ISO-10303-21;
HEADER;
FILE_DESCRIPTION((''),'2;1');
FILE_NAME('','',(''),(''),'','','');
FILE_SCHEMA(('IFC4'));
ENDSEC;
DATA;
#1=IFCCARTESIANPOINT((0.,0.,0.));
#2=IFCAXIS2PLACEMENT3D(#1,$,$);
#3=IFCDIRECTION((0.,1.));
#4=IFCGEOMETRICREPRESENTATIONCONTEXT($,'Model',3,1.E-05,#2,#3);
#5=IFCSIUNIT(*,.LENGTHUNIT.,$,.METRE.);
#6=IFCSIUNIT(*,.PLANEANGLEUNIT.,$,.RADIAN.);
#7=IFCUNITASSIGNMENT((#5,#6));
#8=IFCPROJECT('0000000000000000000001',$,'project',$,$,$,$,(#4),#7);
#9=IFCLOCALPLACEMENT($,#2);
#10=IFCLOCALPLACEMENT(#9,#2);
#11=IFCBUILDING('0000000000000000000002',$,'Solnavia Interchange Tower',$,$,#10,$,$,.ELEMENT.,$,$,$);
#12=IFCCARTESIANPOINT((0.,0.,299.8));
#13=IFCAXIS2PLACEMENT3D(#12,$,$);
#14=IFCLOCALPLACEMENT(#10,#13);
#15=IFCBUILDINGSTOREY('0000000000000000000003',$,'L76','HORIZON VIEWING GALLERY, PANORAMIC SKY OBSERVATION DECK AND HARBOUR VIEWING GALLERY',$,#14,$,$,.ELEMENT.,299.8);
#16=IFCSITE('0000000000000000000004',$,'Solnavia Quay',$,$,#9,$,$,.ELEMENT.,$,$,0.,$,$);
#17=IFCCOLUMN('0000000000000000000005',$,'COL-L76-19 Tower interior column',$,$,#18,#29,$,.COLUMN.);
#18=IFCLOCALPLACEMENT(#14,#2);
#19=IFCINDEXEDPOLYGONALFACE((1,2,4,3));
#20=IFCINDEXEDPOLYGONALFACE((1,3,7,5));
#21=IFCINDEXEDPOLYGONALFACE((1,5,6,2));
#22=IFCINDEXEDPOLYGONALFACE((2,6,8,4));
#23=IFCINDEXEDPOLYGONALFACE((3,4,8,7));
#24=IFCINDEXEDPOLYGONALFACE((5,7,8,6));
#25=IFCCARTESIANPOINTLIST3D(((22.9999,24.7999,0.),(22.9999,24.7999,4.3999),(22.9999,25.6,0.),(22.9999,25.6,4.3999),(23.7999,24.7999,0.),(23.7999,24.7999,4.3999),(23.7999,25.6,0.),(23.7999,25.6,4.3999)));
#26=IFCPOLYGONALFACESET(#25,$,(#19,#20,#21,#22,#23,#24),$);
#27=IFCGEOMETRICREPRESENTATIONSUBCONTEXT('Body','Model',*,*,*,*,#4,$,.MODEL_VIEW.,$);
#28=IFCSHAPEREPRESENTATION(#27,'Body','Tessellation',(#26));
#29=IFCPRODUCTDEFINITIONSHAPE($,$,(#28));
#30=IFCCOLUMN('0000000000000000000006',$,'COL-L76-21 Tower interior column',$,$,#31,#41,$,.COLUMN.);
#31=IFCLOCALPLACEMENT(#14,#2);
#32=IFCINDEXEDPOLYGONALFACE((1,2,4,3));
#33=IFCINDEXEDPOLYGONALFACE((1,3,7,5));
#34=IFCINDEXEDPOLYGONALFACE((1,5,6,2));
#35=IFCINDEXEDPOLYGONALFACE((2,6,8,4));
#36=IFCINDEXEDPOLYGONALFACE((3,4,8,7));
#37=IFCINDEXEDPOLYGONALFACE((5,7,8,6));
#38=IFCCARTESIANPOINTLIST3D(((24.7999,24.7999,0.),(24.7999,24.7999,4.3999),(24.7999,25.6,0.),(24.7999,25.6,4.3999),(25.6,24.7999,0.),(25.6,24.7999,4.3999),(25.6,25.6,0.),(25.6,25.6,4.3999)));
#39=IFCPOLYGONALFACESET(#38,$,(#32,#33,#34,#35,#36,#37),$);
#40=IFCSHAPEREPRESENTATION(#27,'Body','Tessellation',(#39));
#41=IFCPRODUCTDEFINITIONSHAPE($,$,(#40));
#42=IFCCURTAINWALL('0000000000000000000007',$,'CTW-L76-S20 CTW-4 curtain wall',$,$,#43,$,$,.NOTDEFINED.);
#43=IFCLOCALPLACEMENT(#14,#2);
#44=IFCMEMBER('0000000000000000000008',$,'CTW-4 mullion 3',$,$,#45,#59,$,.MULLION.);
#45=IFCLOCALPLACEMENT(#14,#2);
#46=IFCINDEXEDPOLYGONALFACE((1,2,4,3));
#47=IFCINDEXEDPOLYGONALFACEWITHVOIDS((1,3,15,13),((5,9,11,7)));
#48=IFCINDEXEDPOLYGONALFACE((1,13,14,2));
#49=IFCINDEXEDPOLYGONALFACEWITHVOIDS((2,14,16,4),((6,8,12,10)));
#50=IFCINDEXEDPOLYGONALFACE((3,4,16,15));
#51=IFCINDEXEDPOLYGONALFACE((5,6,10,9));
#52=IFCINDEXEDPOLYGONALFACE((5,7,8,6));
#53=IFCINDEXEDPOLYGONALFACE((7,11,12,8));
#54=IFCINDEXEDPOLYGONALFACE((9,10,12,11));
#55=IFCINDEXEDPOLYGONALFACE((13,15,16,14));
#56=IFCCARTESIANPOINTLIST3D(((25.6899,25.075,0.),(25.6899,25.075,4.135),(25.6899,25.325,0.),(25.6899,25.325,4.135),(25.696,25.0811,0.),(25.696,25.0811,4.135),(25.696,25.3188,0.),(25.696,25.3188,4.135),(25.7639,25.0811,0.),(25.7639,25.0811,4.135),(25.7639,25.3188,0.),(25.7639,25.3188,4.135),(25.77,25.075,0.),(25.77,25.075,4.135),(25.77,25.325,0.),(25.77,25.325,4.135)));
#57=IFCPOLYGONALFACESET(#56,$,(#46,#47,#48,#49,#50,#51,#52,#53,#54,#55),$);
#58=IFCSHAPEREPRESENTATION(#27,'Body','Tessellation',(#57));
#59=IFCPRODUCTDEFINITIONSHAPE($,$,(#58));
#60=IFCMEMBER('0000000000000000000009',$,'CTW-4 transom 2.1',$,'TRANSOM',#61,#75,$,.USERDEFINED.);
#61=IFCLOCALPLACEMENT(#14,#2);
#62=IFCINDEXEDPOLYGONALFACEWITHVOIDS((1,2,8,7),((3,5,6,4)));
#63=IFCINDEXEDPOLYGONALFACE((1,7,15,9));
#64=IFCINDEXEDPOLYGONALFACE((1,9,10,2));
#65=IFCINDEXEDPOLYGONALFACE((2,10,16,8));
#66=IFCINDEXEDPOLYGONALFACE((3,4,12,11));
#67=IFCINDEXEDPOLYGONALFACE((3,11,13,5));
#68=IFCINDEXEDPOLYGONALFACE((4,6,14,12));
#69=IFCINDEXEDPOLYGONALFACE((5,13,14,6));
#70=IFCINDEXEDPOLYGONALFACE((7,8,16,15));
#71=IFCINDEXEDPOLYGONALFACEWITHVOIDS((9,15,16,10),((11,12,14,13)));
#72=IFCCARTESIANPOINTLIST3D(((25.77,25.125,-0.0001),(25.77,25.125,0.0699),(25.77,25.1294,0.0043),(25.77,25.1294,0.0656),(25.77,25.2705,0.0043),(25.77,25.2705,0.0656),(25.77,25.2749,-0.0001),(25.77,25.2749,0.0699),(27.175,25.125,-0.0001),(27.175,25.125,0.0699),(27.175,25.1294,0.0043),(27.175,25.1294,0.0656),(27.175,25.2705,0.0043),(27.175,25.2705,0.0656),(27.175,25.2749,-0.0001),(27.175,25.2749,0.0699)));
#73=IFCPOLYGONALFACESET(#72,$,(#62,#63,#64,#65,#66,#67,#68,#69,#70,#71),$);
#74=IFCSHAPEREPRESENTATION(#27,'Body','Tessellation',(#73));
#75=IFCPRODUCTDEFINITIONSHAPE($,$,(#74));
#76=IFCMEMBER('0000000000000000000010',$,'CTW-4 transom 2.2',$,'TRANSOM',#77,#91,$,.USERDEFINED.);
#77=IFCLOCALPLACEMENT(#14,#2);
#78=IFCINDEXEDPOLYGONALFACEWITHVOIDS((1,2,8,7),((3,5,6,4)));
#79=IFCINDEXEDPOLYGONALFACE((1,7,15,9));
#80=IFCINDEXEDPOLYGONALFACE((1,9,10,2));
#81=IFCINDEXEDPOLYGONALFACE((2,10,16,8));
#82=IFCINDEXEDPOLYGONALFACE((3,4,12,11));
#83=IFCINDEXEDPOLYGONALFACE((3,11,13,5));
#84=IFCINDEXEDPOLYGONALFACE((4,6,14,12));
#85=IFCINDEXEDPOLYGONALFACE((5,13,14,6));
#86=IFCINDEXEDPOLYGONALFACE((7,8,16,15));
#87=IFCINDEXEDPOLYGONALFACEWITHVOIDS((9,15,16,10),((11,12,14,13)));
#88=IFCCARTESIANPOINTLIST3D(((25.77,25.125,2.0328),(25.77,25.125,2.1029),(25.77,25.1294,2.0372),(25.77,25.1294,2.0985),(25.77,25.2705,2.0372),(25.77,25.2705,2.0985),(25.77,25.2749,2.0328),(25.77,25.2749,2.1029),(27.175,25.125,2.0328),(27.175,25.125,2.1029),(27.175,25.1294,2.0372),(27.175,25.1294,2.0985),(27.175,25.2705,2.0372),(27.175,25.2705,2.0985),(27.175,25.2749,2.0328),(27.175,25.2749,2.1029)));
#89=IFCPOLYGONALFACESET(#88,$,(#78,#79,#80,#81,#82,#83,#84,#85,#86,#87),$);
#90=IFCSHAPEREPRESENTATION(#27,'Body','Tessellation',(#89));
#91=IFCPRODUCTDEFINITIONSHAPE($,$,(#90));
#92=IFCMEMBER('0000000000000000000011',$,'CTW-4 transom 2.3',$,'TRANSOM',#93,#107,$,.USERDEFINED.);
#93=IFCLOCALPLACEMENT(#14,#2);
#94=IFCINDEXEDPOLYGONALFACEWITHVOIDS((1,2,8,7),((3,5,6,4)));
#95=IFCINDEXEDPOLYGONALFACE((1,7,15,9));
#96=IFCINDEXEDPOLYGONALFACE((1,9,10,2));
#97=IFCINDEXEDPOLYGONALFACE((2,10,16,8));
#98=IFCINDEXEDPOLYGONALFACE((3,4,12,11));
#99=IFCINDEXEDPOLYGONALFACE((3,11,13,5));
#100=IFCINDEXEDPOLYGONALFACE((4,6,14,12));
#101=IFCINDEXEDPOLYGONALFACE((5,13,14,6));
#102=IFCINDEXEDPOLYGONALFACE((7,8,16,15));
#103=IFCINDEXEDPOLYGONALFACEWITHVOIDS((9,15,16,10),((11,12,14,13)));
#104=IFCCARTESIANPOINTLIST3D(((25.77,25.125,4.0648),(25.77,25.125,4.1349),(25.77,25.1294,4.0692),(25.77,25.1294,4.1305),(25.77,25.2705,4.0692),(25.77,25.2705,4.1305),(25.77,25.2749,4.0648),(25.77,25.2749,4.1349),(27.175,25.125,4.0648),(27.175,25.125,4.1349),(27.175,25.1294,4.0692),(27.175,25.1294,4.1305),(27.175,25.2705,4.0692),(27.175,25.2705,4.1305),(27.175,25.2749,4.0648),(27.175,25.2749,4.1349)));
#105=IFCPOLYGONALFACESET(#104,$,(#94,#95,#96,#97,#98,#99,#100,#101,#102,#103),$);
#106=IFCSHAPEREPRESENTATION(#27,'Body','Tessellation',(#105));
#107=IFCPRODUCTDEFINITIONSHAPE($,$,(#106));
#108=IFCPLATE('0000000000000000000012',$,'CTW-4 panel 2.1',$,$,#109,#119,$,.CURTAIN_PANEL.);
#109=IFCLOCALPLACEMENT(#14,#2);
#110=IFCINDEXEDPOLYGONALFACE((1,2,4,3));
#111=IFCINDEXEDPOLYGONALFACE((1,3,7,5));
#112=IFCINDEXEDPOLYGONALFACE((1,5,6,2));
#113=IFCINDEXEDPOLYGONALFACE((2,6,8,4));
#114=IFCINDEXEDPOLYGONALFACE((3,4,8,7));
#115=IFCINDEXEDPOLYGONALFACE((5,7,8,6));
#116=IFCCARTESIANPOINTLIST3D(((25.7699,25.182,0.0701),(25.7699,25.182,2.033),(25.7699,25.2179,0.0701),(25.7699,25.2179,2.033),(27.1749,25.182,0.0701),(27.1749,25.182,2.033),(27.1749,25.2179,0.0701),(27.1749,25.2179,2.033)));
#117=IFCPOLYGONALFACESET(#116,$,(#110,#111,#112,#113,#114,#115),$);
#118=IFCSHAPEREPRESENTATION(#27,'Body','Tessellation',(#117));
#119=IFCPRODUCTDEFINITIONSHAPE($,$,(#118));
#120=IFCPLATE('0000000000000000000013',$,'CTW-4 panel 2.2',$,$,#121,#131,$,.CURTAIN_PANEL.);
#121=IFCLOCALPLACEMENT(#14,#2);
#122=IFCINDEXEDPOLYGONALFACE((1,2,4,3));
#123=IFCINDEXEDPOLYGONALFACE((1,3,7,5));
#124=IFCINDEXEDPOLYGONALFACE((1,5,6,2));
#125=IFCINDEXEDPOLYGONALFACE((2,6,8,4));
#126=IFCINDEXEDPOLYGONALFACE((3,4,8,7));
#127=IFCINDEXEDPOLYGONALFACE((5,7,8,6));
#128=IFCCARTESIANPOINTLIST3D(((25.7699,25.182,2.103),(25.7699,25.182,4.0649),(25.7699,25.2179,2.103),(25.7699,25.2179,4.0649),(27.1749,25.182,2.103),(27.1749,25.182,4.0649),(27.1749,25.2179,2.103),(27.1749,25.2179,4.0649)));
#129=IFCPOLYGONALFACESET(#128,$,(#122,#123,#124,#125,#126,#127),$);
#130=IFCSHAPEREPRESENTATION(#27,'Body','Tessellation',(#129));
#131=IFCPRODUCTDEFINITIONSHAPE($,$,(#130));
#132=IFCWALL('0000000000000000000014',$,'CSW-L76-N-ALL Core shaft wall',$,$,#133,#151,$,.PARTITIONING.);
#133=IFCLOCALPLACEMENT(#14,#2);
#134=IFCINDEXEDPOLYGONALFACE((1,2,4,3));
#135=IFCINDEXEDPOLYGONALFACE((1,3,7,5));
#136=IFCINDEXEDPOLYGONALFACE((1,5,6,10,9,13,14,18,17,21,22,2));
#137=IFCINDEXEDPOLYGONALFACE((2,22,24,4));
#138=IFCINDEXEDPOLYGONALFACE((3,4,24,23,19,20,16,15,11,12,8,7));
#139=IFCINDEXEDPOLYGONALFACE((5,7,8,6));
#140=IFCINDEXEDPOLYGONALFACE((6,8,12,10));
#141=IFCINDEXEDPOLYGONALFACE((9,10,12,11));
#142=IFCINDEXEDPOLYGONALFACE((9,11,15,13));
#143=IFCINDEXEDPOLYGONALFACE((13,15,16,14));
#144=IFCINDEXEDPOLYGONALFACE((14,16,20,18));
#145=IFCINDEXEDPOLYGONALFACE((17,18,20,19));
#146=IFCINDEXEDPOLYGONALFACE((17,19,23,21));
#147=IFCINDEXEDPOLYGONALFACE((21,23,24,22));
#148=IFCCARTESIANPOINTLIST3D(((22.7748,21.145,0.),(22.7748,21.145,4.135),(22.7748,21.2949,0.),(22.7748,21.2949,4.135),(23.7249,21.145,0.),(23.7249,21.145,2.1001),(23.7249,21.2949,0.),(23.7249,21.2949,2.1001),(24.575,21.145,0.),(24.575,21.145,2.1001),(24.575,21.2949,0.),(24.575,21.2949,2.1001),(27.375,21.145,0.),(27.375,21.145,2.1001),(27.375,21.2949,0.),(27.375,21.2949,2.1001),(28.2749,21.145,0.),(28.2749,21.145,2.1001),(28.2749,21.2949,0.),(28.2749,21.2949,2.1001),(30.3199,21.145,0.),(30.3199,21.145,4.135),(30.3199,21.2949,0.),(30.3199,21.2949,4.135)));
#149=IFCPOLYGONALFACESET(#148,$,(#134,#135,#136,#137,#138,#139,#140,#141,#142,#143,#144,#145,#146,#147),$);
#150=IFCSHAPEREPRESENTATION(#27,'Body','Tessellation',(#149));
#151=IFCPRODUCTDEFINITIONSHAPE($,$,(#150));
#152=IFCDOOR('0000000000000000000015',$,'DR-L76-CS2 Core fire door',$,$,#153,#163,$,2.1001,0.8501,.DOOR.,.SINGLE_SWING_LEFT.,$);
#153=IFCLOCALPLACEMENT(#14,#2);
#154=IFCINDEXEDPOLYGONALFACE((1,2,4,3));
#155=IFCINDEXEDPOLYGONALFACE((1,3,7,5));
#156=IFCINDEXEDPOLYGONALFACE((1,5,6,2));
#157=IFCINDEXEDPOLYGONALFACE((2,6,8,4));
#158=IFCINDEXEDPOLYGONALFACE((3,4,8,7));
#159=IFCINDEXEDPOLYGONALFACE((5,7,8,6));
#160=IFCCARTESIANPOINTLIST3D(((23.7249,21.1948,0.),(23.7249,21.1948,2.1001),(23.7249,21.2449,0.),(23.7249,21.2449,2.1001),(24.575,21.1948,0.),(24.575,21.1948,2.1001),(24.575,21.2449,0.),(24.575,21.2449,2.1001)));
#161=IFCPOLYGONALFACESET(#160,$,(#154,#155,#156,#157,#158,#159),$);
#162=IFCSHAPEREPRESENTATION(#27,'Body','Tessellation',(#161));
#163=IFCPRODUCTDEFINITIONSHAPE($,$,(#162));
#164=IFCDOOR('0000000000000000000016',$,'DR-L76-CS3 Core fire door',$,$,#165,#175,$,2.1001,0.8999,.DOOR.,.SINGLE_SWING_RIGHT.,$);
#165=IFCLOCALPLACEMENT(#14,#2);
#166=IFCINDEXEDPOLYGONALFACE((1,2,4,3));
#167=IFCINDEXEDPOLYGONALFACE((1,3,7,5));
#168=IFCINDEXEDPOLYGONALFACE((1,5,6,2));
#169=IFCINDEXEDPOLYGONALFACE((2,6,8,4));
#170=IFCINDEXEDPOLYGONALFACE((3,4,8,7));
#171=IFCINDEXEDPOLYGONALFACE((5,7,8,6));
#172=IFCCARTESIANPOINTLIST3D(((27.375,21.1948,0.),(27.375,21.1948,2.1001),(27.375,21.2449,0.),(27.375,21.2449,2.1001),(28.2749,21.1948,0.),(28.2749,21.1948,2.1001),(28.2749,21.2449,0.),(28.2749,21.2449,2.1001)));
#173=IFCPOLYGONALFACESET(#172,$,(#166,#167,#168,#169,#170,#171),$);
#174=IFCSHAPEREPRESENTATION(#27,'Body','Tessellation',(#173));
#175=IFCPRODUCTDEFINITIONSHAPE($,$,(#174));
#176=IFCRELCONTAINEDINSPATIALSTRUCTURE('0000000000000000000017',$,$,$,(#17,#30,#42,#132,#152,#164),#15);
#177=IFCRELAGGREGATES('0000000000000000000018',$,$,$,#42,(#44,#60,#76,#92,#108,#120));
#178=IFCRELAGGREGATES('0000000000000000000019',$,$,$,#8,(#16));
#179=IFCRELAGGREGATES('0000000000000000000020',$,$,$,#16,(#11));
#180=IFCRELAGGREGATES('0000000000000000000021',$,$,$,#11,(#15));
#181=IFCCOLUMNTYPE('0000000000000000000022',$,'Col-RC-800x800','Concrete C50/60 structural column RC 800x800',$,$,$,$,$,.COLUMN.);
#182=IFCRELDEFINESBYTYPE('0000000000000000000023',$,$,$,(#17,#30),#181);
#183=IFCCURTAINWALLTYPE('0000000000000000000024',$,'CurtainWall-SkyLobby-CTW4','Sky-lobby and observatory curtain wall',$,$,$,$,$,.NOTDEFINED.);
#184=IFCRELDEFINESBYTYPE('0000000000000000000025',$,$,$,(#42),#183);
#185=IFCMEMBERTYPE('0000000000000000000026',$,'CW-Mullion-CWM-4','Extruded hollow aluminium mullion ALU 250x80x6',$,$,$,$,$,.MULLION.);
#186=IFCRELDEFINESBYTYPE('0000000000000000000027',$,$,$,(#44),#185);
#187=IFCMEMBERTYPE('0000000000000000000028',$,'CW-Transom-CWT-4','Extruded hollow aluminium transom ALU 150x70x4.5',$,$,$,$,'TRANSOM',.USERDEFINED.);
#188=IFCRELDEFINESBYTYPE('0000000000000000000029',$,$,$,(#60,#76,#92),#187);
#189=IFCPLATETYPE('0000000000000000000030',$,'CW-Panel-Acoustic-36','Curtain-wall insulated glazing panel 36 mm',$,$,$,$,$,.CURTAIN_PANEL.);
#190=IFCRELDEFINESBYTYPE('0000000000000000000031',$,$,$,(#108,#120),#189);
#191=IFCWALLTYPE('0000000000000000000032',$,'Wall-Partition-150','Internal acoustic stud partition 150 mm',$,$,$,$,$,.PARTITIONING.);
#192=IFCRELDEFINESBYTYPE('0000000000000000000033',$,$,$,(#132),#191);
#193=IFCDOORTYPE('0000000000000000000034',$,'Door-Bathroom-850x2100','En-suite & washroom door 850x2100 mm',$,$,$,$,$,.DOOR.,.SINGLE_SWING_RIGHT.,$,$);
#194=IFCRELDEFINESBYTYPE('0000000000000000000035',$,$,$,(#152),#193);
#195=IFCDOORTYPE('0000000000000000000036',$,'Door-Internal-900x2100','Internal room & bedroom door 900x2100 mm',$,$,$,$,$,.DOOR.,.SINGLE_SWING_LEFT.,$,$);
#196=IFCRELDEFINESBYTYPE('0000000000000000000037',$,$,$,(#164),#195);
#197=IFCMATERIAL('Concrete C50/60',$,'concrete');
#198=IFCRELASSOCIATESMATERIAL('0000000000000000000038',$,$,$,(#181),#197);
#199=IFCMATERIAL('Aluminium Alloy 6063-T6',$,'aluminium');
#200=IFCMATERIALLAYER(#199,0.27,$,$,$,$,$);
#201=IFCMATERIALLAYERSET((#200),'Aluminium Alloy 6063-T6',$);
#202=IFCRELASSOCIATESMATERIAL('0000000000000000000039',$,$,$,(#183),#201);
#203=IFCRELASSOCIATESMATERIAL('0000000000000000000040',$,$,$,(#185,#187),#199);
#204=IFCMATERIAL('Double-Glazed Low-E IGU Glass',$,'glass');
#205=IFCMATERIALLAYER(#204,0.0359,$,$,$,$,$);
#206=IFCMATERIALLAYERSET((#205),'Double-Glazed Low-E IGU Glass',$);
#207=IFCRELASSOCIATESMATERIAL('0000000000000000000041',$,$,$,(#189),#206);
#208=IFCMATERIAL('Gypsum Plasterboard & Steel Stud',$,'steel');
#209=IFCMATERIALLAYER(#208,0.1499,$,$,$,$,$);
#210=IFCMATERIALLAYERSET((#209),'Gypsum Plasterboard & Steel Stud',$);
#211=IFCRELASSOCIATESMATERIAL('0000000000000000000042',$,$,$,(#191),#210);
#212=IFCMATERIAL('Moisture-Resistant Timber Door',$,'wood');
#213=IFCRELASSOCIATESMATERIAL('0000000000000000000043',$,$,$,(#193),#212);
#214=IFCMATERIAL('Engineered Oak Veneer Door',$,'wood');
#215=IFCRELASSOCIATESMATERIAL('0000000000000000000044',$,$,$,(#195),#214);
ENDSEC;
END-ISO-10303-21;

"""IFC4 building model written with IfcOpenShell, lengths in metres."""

from ifc_helpers import new_model, si_unit, direction, frame, frame_2d, origin, origin_2d, place, context, subcontext, project, spatial, rectangle, hollow_rectangle, extrude, material, layer, layer_set, material_profile, profile_set, type_object, element, fill, aggregate, save


model = new_model("IFC4")

# Units and contexts
model_context = context("Model", 3, precision=1e-05, world=origin(), true_north=direction((0.0, 1.0)))
body_context = subcontext(model_context, "Body", "Model", "MODEL_VIEW")
ifc_project = project(units=[si_unit("LENGTHUNIT", "METRE"), si_unit("PLANEANGLEUNIT", "RADIAN")], contexts=[model_context])

# Site, building, storey
site_placement = place(None, origin())
site = spatial("IfcSite", under=ifc_project, at=site_placement, Name="Solnavia Quay", CompositionType="ELEMENT", RefElevation=0.0)
building_placement = place(site_placement, origin())
building = spatial("IfcBuilding", under=site, at=building_placement, Name="Solnavia Interchange Tower", CompositionType="ELEMENT")
storey_placement = place(building_placement, frame((0.0, 0.0, 299.8)))
storey = spatial("IfcBuildingStorey", under=building, at=storey_placement, Name="L76", Description="HORIZON VIEWING GALLERY, PANORAMIC SKY OBSERVATION DECK AND HARBOUR VIEWING GALLERY", CompositionType="ELEMENT", Elevation=299.8)

# Columns
ifc_material_1 = material(Name="Concrete C50/60", Category="concrete")
ifc_material_profile_1 = material_profile(ifc_material_1, rectangle(XDim=0.8, YDim=0.8, at=origin_2d()), Name="RC 800x800")
ifc_profile_set_1 = profile_set([ifc_material_profile_1], Name="Concrete C50/60")
column_type = type_object("IfcColumnType", Name="Col-RC-800x800", Description="Concrete C50/60 structural column RC 800x800", PredefinedType="COLUMN", material=ifc_profile_set_1)
for number, where, z_axis, x_axis, name in (
    (1, (23.3999, 25.2, 0.0), (0.0, 0.0, 1.0), (1.0, 0.0, 0.0), "COL-L76-19 Tower interior column"),
    (2, (25.2, 25.2, 0.0), (0.0, 0.0, 1.0), (1.0, 0.0, 0.0), "COL-L76-21 Tower interior column"),
):
    element("IfcColumn", number, at=place(storey_placement, frame(where, z_axis=z_axis, x_axis=x_axis)), inside=storey, type_object=column_type, Name=name, PredefinedType="COLUMN", context=body_context, shape_type="SweptSolid", body=[
        extrude(rectangle(XDim=0.8, YDim=0.8, at=origin_2d()), origin(), (0.0, 0.0, 1.0), 4.3999),
    ])

# Curtain wall, members, plates
ifc_material_2 = material(Name="Aluminium Alloy 6063-T6", Category="aluminium")
ifc_layer_1 = layer(ifc_material_2, 0.27)
ifc_layer_set_1 = layer_set([ifc_layer_1], Name="Aluminium Alloy 6063-T6")
curtain_wall_type = type_object("IfcCurtainWallType", Name="CurtainWall-SkyLobby-CTW4", Description="Sky-lobby and observatory curtain wall", PredefinedType="NOTDEFINED", material=ifc_layer_set_1)
curtain_wall_placement = place(storey_placement, origin())
curtain_wall = element("IfcCurtainWall", 3, at=curtain_wall_placement, inside=storey, type_object=curtain_wall_type, Name="CTW-L76-S20 CTW-4 curtain wall", PredefinedType="NOTDEFINED")
ifc_material_profile_2 = material_profile(ifc_material_2, hollow_rectangle(XDim=0.0801, YDim=0.25, WallThickness=0.0061, at=origin_2d()), Name="ALU 250x80x6")
ifc_profile_set_2 = profile_set([ifc_material_profile_2], Name="Aluminium Alloy 6063-T6")
member_type_1 = type_object("IfcMemberType", Name="CW-Mullion-CWM-4", Description="Extruded hollow aluminium mullion ALU 250x80x6", PredefinedType="MULLION", material=ifc_profile_set_2)
member_1_placement = place(storey_placement, frame((25.73, 25.2, 0.0), z_axis=(0.0, 0.0, 1.0), x_axis=(-1.0, 0.0, 0.0)))
member_1 = element("IfcMember", 4, at=member_1_placement, type_object=member_type_1, Name="CTW-4 mullion 3", PredefinedType="MULLION", context=body_context, shape_type="SweptSolid", body=[
    extrude(hollow_rectangle(XDim=0.0801, YDim=0.25, WallThickness=0.0061, at=origin_2d()), origin(), (0.0, 0.0, 1.0), 4.135),
])
ifc_material_profile_3 = material_profile(ifc_material_2, hollow_rectangle(XDim=0.0701, YDim=0.1499, WallThickness=0.0044, at=origin_2d()), Name="ALU 150x70x4.5")
ifc_profile_set_3 = profile_set([ifc_material_profile_3], Name="Aluminium Alloy 6063-T6")
member_type_2 = type_object("IfcMemberType", Name="CW-Transom-CWT-4", Description="Extruded hollow aluminium transom ALU 150x70x4.5", ElementType="TRANSOM", PredefinedType="USERDEFINED", material=ifc_profile_set_3)
member_2_placement = place(storey_placement, frame((27.175, 25.2, 0.0349), z_axis=(-1.0, 0.0, 0.0), x_axis=(0.0, 0.0, 1.0)))
member_2 = element("IfcMember", 5, at=member_2_placement, type_object=member_type_2, Name="CTW-4 transom 2.1", ObjectType="TRANSOM", PredefinedType="USERDEFINED", context=body_context, shape_type="SweptSolid", body=[
    extrude(hollow_rectangle(XDim=0.0701, YDim=0.1499, WallThickness=0.0044, at=origin_2d()), origin(), (0.0, 0.0, 1.0), 1.405),
])
member_3_placement = place(storey_placement, frame((27.175, 25.2, 2.0679), z_axis=(-1.0, 0.0, 0.0), x_axis=(0.0, 0.0, 1.0)))
member_3 = element("IfcMember", 6, at=member_3_placement, type_object=member_type_2, Name="CTW-4 transom 2.2", ObjectType="TRANSOM", PredefinedType="USERDEFINED", context=body_context, shape_type="SweptSolid", body=[
    extrude(hollow_rectangle(XDim=0.0701, YDim=0.1499, WallThickness=0.0044, at=origin_2d()), origin(), (0.0, 0.0, 1.0), 1.405),
])
member_4_placement = place(storey_placement, frame((27.175, 25.2, 4.0999), z_axis=(-1.0, 0.0, 0.0), x_axis=(0.0, 0.0, 1.0)))
member_4 = element("IfcMember", 7, at=member_4_placement, type_object=member_type_2, Name="CTW-4 transom 2.3", ObjectType="TRANSOM", PredefinedType="USERDEFINED", context=body_context, shape_type="SweptSolid", body=[
    extrude(hollow_rectangle(XDim=0.0701, YDim=0.1499, WallThickness=0.0044, at=origin_2d()), origin(), (0.0, 0.0, 1.0), 1.405),
])
ifc_material_3 = material(Name="Double-Glazed Low-E IGU Glass", Category="glass")
ifc_layer_2 = layer(ifc_material_3, 0.0359)
ifc_layer_set_2 = layer_set([ifc_layer_2], Name="Double-Glazed Low-E IGU Glass")
plate_type = type_object("IfcPlateType", Name="CW-Panel-Acoustic-36", Description="Curtain-wall insulated glazing panel 36 mm", PredefinedType="CURTAIN_PANEL", material=ifc_layer_set_2)
plate_1_placement = place(storey_placement, frame((26.4724, 25.2, 0.0701), z_axis=(0.0, 0.0, 1.0), x_axis=(-1.0, 0.0, 0.0)))
plate_1 = element("IfcPlate", 8, at=plate_1_placement, type_object=plate_type, Name="CTW-4 panel 2.1", PredefinedType="CURTAIN_PANEL", context=body_context, shape_type="SweptSolid", body=[
    extrude(rectangle(XDim=1.405, YDim=0.0359, at=origin_2d()), origin(), (0.0, 0.0, 1.0), 1.9629),
])
plate_2_placement = place(storey_placement, frame((26.4724, 25.2, 2.103), z_axis=(0.0, 0.0, 1.0), x_axis=(-1.0, 0.0, 0.0)))
plate_2 = element("IfcPlate", 9, at=plate_2_placement, type_object=plate_type, Name="CTW-4 panel 2.2", PredefinedType="CURTAIN_PANEL", context=body_context, shape_type="SweptSolid", body=[
    extrude(rectangle(XDim=1.405, YDim=0.0359, at=origin_2d()), origin(), (0.0, 0.0, 1.0), 1.9619),
])
aggregate(curtain_wall, [member_1, member_2, member_3, member_4, plate_1, plate_2])

# Wall, openings, doors
ifc_material_4 = material(Name="Gypsum Plasterboard & Steel Stud", Category="steel")
ifc_layer_3 = layer(ifc_material_4, 0.1499)
ifc_layer_set_3 = layer_set([ifc_layer_3], Name="Gypsum Plasterboard & Steel Stud")
wall_type_1 = type_object("IfcWallType", Name="Wall-Partition-150", Description="Internal acoustic stud partition 150 mm", PredefinedType="PARTITIONING", material=ifc_layer_set_3)
wall_1_placement = place(storey_placement, frame((22.7749, 21.22, 0.0), z_axis=(0.0, 0.0, 1.0), x_axis=(1.0, 0.0, 0.0)))
wall_1 = element("IfcWall", 10, at=wall_1_placement, inside=storey, type_object=wall_type_1, Name="CSW-L76-N-ALL Core shaft wall", PredefinedType="PARTITIONING", context=body_context, shape_type="SweptSolid", body=[
    extrude(rectangle(XDim=7.5452, YDim=0.1499, at=frame_2d((3.7725, 0.0))), origin(), (0.0, 0.0, 1.0), 4.135),
])
opening_1_placement = place(wall_1_placement, frame((0.95, 0.0, 0.0)))
opening_1 = element("IfcOpeningElement", 11, at=opening_1_placement, cuts=wall_1, PredefinedType="OPENING", context=body_context, shape_type="SweptSolid", body=[
    extrude(rectangle(XDim=0.8501, YDim=2.1001, at=frame_2d((0.425, 1.05))), frame((0.0, 0.085, 0.0), z_axis=(0.0, -1.0, 0.0), x_axis=(1.0, 0.0, 0.0)), (0.0, 0.0, 1.0), 0.1699),
])
opening_2_placement = place(wall_1_placement, frame((4.6001, 0.0, 0.0)))
opening_2 = element("IfcOpeningElement", 12, at=opening_2_placement, cuts=wall_1, PredefinedType="OPENING", context=body_context, shape_type="SweptSolid", body=[
    extrude(rectangle(XDim=0.8999, YDim=2.1001, at=frame_2d((0.45, 1.05))), frame((0.0, 0.085, 0.0), z_axis=(0.0, -1.0, 0.0), x_axis=(1.0, 0.0, 0.0)), (0.0, 0.0, 1.0), 0.1699),
])
ifc_material_5 = material(Name="Moisture-Resistant Timber Door", Category="wood")
door_type_1 = type_object("IfcDoorType", Name="Door-Bathroom-850x2100", Description="En-suite & washroom door 850x2100 mm", OperationType="SINGLE_SWING_RIGHT", PredefinedType="DOOR", material=ifc_material_5)
door_1_placement = place(opening_1_placement, origin())
door_1 = element("IfcDoor", 13, at=door_1_placement, inside=storey, type_object=door_type_1, Name="DR-L76-CS2 Core fire door", OperationType="SINGLE_SWING_LEFT", OverallHeight=2.1001, OverallWidth=0.8501, PredefinedType="DOOR", context=body_context, shape_type="SweptSolid", body=[
    extrude(rectangle(XDim=0.8501, YDim=2.1001, at=frame_2d((0.425, 1.05))), frame((0.0, 0.0249, 0.0), z_axis=(0.0, -1.0, 0.0), x_axis=(1.0, 0.0, 0.0)), (0.0, 0.0, 1.0), 0.05),
])
fill(opening_1, door_1)
ifc_material_6 = material(Name="Engineered Oak Veneer Door", Category="wood")
door_type_2 = type_object("IfcDoorType", Name="Door-Internal-900x2100", Description="Internal room & bedroom door 900x2100 mm", OperationType="SINGLE_SWING_LEFT", PredefinedType="DOOR", material=ifc_material_6)
door_2_placement = place(opening_2_placement, origin())
door_2 = element("IfcDoor", 14, at=door_2_placement, inside=storey, type_object=door_type_2, Name="DR-L76-CS3 Core fire door", OperationType="SINGLE_SWING_RIGHT", OverallHeight=2.1001, OverallWidth=0.8999, PredefinedType="DOOR", context=body_context, shape_type="SweptSolid", body=[
    extrude(rectangle(XDim=0.8999, YDim=2.1001, at=frame_2d((0.45, 1.05))), frame((0.0, 0.0249, 0.0), z_axis=(0.0, -1.0, 0.0), x_axis=(1.0, 0.0, 0.0)), (0.0, 0.0, 1.0), 0.05),
])
fill(opening_2, door_2)

save(model, "model.ifc")
